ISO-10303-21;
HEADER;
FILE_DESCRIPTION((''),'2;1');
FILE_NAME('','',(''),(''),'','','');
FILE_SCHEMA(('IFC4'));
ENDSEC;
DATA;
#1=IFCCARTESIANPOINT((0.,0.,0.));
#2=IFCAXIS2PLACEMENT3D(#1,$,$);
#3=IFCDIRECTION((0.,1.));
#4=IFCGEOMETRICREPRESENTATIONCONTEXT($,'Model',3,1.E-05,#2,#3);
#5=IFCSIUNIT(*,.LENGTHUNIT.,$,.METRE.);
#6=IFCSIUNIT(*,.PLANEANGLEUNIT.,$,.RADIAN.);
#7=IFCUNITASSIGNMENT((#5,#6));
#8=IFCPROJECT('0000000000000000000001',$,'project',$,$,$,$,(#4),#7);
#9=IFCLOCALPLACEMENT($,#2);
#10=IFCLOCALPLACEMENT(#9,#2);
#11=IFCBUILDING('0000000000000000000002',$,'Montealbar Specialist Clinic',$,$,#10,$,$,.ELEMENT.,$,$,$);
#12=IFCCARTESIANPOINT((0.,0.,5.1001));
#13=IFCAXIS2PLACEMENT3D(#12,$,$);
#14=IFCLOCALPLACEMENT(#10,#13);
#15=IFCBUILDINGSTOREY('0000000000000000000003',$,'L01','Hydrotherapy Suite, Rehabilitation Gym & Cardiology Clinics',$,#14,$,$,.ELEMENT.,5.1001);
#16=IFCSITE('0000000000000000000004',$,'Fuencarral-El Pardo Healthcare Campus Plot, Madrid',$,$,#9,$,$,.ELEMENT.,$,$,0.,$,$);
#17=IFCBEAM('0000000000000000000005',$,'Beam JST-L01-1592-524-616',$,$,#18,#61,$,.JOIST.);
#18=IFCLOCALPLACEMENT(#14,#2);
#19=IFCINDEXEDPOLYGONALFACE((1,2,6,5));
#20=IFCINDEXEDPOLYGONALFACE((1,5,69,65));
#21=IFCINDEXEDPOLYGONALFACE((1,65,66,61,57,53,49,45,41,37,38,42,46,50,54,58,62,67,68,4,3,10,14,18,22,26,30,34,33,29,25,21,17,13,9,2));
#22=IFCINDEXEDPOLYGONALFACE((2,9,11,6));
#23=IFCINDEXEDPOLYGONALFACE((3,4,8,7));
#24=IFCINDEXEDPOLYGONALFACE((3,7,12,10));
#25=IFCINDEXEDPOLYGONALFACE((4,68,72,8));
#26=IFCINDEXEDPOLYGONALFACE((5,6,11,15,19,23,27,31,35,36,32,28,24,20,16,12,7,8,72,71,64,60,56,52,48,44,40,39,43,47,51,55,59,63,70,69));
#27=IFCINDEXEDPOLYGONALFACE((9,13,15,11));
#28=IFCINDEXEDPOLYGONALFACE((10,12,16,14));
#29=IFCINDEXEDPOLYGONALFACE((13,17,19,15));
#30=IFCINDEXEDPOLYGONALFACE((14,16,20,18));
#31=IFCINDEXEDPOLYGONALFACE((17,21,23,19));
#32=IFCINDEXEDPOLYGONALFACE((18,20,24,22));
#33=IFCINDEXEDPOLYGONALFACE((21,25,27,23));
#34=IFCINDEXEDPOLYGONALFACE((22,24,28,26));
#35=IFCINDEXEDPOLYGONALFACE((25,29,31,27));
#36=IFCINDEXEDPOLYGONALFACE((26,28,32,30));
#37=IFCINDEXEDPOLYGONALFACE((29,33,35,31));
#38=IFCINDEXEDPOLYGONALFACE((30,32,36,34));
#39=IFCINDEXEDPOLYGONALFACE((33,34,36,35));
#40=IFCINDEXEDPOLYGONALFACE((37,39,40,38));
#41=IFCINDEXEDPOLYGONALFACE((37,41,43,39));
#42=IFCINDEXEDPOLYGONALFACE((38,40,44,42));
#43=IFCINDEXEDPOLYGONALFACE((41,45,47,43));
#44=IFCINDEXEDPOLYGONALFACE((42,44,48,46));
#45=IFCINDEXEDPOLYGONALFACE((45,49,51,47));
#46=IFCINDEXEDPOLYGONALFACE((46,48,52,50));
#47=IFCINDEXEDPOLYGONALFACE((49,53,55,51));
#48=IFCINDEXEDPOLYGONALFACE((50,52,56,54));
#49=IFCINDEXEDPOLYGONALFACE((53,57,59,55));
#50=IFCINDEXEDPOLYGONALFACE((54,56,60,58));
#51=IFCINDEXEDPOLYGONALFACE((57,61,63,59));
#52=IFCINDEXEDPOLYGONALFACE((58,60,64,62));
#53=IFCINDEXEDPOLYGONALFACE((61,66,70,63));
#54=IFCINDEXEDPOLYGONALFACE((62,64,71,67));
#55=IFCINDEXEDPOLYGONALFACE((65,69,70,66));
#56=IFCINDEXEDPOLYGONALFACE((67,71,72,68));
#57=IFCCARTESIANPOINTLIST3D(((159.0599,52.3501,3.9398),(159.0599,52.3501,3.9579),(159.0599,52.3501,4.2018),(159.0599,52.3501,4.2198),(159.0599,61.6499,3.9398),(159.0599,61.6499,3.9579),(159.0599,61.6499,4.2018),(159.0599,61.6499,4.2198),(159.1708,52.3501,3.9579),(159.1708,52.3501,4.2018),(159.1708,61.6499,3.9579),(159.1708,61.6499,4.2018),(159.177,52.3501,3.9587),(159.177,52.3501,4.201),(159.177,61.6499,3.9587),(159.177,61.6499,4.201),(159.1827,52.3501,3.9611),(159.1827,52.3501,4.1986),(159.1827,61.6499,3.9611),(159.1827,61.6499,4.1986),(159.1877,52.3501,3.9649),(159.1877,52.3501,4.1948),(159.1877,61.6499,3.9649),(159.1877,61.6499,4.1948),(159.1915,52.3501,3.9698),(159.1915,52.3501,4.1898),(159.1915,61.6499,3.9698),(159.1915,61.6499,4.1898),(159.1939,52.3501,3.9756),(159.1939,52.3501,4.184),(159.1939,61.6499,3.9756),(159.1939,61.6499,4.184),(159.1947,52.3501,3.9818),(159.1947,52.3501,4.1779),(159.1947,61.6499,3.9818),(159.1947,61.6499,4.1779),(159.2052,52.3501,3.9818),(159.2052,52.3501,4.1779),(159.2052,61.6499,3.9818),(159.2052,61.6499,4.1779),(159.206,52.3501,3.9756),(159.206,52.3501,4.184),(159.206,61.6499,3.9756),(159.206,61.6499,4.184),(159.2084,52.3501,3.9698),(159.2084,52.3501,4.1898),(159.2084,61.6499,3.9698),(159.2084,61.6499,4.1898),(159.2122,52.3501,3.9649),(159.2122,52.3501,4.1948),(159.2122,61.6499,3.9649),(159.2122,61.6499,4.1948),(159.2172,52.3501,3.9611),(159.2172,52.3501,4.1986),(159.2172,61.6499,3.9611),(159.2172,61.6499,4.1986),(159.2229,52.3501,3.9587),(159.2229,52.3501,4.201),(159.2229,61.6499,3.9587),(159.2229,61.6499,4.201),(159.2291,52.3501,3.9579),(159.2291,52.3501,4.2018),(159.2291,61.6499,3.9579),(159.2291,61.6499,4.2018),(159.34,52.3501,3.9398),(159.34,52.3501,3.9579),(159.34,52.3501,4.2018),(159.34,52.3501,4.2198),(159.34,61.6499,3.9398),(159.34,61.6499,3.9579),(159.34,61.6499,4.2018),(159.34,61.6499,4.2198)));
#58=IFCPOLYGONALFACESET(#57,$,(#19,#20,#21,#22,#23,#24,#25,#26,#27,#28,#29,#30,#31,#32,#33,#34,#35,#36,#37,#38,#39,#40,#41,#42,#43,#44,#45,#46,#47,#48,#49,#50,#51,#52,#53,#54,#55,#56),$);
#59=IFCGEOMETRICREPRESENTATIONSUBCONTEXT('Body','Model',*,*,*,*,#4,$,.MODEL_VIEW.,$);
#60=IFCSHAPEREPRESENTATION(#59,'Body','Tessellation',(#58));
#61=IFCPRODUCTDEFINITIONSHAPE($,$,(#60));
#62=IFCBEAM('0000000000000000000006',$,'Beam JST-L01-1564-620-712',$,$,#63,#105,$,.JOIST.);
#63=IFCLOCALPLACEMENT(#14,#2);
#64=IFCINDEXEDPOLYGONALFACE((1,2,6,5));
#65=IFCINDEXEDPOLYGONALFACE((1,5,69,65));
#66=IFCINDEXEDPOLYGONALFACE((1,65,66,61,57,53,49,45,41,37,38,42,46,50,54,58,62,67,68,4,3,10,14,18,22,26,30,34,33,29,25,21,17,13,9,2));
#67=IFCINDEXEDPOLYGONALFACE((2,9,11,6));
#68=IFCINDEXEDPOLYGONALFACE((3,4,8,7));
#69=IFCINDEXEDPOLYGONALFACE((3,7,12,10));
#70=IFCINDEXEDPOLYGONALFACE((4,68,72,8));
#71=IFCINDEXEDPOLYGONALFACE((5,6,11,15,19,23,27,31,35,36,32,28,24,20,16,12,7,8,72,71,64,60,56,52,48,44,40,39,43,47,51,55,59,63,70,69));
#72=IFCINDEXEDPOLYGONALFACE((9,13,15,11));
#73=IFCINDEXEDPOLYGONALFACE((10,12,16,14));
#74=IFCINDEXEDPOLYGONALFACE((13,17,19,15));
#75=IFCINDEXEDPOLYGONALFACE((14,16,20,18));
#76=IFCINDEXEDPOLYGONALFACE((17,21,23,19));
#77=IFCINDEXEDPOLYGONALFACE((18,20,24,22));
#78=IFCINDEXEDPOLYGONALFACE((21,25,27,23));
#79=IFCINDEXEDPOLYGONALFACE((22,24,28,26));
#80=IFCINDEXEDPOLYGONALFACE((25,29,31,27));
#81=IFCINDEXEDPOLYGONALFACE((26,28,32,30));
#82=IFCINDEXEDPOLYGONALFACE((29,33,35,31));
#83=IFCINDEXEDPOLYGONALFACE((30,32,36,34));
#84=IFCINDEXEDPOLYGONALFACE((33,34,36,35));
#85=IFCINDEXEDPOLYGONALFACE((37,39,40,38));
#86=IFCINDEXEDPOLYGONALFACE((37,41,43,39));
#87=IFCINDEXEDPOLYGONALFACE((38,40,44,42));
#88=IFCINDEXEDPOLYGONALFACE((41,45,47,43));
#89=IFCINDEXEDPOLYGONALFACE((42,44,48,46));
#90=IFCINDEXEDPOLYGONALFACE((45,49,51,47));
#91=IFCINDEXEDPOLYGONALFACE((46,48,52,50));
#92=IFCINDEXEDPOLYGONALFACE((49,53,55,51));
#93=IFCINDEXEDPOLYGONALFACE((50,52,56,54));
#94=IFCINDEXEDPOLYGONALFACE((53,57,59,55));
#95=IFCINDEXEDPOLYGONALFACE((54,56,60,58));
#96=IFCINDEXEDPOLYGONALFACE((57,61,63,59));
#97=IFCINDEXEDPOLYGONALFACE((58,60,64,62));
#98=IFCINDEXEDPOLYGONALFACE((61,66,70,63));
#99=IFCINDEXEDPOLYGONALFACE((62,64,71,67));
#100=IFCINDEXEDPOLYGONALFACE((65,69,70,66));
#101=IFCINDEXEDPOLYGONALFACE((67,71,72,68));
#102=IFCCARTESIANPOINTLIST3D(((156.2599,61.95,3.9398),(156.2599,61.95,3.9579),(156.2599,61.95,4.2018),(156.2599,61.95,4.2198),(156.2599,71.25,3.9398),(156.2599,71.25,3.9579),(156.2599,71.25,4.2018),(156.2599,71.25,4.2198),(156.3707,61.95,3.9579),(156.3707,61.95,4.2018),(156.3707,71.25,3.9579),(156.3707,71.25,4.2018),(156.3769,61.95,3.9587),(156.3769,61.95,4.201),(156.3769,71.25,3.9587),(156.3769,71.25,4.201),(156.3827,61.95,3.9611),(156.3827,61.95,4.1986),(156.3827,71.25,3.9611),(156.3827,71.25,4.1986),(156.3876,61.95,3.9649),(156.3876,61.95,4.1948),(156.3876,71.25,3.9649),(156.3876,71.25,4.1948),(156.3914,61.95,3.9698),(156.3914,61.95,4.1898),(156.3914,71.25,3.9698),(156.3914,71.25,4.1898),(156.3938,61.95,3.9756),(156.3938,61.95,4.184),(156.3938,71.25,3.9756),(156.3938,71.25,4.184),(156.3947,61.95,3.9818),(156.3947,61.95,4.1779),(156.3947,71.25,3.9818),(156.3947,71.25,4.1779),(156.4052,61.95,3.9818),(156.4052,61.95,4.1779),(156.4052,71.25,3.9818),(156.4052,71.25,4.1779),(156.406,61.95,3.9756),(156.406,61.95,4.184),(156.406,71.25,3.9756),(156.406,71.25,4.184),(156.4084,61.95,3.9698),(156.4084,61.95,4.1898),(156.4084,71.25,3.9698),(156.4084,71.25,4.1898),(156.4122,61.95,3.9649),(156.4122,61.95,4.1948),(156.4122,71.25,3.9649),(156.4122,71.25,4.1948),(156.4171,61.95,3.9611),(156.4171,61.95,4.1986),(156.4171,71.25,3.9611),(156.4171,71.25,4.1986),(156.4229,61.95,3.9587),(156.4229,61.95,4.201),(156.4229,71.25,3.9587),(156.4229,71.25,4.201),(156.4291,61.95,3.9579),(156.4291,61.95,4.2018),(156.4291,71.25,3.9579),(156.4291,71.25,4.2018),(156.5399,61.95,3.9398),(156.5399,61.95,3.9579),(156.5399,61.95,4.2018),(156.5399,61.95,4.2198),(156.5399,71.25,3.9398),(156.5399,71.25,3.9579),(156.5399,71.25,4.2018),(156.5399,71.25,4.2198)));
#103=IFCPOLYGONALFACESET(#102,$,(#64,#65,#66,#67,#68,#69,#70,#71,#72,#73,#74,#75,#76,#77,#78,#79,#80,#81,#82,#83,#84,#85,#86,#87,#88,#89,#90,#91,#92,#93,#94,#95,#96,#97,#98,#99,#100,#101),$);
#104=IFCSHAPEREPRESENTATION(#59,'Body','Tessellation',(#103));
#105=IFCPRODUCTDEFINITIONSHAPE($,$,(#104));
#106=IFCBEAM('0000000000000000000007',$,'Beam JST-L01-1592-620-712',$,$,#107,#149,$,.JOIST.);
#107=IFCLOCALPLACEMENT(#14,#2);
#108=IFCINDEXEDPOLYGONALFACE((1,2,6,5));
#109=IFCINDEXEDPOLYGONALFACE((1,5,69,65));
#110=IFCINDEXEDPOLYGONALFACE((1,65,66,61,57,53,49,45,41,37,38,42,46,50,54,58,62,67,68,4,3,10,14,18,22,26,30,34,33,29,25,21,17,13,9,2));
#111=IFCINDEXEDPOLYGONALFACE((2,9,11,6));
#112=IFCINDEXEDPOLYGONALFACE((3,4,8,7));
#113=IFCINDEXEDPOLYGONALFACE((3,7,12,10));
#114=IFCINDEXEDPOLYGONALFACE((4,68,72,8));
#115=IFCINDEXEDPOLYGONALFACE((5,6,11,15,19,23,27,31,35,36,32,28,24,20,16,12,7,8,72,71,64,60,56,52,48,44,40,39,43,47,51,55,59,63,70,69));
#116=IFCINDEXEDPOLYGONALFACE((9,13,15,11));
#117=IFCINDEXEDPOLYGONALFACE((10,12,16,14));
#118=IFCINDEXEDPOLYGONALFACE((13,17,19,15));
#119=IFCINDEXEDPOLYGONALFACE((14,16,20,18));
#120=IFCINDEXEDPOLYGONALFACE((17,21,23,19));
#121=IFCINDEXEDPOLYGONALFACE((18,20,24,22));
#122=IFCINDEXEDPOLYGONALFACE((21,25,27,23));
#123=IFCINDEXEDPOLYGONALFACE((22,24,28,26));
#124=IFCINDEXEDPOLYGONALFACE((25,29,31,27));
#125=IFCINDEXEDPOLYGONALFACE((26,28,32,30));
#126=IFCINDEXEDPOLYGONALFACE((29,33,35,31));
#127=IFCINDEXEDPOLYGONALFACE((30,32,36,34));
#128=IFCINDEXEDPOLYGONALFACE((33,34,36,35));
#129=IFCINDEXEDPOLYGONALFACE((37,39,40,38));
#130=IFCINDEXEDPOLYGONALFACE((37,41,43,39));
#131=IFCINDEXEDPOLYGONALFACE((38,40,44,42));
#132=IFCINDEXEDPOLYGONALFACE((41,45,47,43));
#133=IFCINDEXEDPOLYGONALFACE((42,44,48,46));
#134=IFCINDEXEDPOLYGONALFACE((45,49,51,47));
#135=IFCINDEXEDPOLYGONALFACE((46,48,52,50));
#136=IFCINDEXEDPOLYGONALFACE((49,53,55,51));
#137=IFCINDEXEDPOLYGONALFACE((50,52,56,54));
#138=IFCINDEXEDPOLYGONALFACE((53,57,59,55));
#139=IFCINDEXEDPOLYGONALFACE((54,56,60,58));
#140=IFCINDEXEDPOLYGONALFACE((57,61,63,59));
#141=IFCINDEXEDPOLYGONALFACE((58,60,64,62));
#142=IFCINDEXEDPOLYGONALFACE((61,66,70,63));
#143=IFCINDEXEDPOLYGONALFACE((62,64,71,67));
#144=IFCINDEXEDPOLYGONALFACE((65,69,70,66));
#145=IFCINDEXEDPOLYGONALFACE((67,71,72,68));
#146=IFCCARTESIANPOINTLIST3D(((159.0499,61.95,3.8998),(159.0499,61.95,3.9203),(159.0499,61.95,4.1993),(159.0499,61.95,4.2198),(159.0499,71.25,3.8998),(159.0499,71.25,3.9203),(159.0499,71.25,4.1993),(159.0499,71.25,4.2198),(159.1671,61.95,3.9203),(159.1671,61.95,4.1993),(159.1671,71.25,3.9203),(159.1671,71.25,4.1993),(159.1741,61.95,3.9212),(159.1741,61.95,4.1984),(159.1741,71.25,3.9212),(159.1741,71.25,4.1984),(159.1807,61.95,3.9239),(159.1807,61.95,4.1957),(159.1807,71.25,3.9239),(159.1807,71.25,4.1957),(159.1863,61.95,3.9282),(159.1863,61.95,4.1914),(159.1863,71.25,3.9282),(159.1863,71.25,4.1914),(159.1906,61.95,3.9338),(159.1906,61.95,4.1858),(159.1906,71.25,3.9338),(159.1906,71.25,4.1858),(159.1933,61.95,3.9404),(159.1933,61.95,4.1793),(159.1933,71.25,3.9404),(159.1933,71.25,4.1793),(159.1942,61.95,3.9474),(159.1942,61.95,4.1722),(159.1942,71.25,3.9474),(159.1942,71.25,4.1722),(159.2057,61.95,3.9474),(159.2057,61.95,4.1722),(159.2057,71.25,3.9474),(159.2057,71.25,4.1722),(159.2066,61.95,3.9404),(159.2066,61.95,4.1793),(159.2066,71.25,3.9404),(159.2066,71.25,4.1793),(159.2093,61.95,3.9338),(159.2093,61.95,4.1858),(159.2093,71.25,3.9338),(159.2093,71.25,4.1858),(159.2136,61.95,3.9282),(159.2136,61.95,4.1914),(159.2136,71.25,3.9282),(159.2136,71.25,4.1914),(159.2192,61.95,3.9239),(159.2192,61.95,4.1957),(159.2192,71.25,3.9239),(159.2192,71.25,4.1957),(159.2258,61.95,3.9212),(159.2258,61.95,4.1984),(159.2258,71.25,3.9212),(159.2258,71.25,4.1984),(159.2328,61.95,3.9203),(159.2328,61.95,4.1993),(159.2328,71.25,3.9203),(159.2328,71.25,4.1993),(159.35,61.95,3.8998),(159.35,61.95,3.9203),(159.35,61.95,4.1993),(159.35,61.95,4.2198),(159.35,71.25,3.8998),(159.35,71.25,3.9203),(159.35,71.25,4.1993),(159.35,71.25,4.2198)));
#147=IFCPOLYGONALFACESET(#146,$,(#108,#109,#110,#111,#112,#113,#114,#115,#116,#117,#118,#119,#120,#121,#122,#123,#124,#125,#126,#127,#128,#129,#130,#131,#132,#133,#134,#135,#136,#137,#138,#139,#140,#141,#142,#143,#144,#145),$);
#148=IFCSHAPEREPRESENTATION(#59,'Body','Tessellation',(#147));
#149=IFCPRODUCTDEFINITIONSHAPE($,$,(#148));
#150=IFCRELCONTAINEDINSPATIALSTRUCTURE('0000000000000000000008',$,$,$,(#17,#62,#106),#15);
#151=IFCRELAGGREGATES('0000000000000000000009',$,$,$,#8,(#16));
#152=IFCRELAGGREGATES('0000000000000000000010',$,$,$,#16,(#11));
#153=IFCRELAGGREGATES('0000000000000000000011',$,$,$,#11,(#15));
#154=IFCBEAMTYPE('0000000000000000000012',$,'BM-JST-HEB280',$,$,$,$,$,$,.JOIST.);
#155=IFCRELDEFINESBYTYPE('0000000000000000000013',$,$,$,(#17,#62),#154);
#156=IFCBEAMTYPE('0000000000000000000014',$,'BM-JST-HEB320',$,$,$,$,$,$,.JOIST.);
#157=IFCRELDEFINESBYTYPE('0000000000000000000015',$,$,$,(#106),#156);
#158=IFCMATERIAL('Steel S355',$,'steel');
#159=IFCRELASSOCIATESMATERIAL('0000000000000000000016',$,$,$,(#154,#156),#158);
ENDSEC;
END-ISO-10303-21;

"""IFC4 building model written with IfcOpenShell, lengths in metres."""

from ifc_helpers import new_model, si_unit, direction, frame, origin, origin_2d, place, context, subcontext, project, spatial, i_section, extrude, material, material_profile, profile_set, type_object, element, save


model = new_model("IFC4")

# Units and contexts
model_context = context("Model", 3, precision=1e-05, world=origin(), true_north=direction((0.0, 1.0)))
body_context = subcontext(model_context, "Body", "Model", "MODEL_VIEW")
ifc_project = project(units=[si_unit("LENGTHUNIT", "METRE"), si_unit("PLANEANGLEUNIT", "RADIAN")], contexts=[model_context])

# Site, building, storey
site_placement = place(None, origin())
site = spatial("IfcSite", under=ifc_project, at=site_placement, Name="Fuencarral-El Pardo Healthcare Campus Plot, Madrid", CompositionType="ELEMENT", RefElevation=0.0)
building_placement = place(site_placement, origin())
building = spatial("IfcBuilding", under=site, at=building_placement, Name="Montealbar Specialist Clinic", CompositionType="ELEMENT")
storey_placement = place(building_placement, frame((0.0, 0.0, 5.1001)))
storey = spatial("IfcBuildingStorey", under=building, at=storey_placement, Name="L01", Description="Hydrotherapy Suite, Rehabilitation Gym & Cardiology Clinics", CompositionType="ELEMENT", Elevation=5.1001)

# Shared definitions
ifc_material_1 = material(Name="Steel S355", Category="steel")

# Beams
ifc_material_profile_1 = material_profile(ifc_material_1, i_section(OverallWidth=0.28, OverallDepth=0.28, WebThickness=0.0105, FlangeThickness=0.0181, FilletRadius=0.0239, at=origin_2d()), Name="HEB 280", Category="steel")
ifc_profile_set_1 = profile_set([ifc_material_profile_1], Name="Steel S355")
beam_type_1 = type_object("IfcBeamType", Name="BM-JST-HEB280", PredefinedType="JOIST", material=ifc_profile_set_1)
beam_1_placement = place(storey_placement, frame((159.2, 52.3501, 4.0798), z_axis=(0.0, 1.0, 0.0), x_axis=(-1.0, 0.0, 0.0)))
element("IfcBeam", 1, at=beam_1_placement, inside=storey, type_object=beam_type_1, Name="Beam JST-L01-1592-524-616", PredefinedType="JOIST", context=body_context, shape_type="SweptSolid", body=[
    extrude(i_section(OverallWidth=0.28, OverallDepth=0.28, WebThickness=0.0105, FlangeThickness=0.0181, FilletRadius=0.0239, at=origin_2d()), origin(), (0.0, 0.0, 1.0), 9.2998),
])
beam_2_placement = place(storey_placement, frame((156.3999, 61.95, 4.0798), z_axis=(0.0, 1.0, 0.0), x_axis=(-1.0, 0.0, 0.0)))
element("IfcBeam", 2, at=beam_2_placement, inside=storey, type_object=beam_type_1, Name="Beam JST-L01-1564-620-712", PredefinedType="JOIST", context=body_context, shape_type="SweptSolid", body=[
    extrude(i_section(OverallWidth=0.28, OverallDepth=0.28, WebThickness=0.0105, FlangeThickness=0.0181, FilletRadius=0.0239, at=origin_2d()), origin(), (0.0, 0.0, 1.0), 9.3),
])
ifc_material_profile_2 = material_profile(ifc_material_1, i_section(OverallWidth=0.3, OverallDepth=0.3201, WebThickness=0.0115, FlangeThickness=0.0205, FilletRadius=0.0271, at=origin_2d()), Name="HEB 320", Category="steel")
ifc_profile_set_2 = profile_set([ifc_material_profile_2], Name="Steel S355")
beam_type_2 = type_object("IfcBeamType", Name="BM-JST-HEB320", PredefinedType="JOIST", material=ifc_profile_set_2)
beam_3_placement = place(storey_placement, frame((159.2, 61.95, 4.0598), z_axis=(0.0, 1.0, 0.0), x_axis=(-1.0, 0.0, 0.0)))
element("IfcBeam", 3, at=beam_3_placement, inside=storey, type_object=beam_type_2, Name="Beam JST-L01-1592-620-712", PredefinedType="JOIST", context=body_context, shape_type="SweptSolid", body=[
    extrude(i_section(OverallWidth=0.3, OverallDepth=0.3201, WebThickness=0.0115, FlangeThickness=0.0205, FilletRadius=0.0271, at=origin_2d()), origin(), (0.0, 0.0, 1.0), 9.3),
])

save(model, "model.ifc")
